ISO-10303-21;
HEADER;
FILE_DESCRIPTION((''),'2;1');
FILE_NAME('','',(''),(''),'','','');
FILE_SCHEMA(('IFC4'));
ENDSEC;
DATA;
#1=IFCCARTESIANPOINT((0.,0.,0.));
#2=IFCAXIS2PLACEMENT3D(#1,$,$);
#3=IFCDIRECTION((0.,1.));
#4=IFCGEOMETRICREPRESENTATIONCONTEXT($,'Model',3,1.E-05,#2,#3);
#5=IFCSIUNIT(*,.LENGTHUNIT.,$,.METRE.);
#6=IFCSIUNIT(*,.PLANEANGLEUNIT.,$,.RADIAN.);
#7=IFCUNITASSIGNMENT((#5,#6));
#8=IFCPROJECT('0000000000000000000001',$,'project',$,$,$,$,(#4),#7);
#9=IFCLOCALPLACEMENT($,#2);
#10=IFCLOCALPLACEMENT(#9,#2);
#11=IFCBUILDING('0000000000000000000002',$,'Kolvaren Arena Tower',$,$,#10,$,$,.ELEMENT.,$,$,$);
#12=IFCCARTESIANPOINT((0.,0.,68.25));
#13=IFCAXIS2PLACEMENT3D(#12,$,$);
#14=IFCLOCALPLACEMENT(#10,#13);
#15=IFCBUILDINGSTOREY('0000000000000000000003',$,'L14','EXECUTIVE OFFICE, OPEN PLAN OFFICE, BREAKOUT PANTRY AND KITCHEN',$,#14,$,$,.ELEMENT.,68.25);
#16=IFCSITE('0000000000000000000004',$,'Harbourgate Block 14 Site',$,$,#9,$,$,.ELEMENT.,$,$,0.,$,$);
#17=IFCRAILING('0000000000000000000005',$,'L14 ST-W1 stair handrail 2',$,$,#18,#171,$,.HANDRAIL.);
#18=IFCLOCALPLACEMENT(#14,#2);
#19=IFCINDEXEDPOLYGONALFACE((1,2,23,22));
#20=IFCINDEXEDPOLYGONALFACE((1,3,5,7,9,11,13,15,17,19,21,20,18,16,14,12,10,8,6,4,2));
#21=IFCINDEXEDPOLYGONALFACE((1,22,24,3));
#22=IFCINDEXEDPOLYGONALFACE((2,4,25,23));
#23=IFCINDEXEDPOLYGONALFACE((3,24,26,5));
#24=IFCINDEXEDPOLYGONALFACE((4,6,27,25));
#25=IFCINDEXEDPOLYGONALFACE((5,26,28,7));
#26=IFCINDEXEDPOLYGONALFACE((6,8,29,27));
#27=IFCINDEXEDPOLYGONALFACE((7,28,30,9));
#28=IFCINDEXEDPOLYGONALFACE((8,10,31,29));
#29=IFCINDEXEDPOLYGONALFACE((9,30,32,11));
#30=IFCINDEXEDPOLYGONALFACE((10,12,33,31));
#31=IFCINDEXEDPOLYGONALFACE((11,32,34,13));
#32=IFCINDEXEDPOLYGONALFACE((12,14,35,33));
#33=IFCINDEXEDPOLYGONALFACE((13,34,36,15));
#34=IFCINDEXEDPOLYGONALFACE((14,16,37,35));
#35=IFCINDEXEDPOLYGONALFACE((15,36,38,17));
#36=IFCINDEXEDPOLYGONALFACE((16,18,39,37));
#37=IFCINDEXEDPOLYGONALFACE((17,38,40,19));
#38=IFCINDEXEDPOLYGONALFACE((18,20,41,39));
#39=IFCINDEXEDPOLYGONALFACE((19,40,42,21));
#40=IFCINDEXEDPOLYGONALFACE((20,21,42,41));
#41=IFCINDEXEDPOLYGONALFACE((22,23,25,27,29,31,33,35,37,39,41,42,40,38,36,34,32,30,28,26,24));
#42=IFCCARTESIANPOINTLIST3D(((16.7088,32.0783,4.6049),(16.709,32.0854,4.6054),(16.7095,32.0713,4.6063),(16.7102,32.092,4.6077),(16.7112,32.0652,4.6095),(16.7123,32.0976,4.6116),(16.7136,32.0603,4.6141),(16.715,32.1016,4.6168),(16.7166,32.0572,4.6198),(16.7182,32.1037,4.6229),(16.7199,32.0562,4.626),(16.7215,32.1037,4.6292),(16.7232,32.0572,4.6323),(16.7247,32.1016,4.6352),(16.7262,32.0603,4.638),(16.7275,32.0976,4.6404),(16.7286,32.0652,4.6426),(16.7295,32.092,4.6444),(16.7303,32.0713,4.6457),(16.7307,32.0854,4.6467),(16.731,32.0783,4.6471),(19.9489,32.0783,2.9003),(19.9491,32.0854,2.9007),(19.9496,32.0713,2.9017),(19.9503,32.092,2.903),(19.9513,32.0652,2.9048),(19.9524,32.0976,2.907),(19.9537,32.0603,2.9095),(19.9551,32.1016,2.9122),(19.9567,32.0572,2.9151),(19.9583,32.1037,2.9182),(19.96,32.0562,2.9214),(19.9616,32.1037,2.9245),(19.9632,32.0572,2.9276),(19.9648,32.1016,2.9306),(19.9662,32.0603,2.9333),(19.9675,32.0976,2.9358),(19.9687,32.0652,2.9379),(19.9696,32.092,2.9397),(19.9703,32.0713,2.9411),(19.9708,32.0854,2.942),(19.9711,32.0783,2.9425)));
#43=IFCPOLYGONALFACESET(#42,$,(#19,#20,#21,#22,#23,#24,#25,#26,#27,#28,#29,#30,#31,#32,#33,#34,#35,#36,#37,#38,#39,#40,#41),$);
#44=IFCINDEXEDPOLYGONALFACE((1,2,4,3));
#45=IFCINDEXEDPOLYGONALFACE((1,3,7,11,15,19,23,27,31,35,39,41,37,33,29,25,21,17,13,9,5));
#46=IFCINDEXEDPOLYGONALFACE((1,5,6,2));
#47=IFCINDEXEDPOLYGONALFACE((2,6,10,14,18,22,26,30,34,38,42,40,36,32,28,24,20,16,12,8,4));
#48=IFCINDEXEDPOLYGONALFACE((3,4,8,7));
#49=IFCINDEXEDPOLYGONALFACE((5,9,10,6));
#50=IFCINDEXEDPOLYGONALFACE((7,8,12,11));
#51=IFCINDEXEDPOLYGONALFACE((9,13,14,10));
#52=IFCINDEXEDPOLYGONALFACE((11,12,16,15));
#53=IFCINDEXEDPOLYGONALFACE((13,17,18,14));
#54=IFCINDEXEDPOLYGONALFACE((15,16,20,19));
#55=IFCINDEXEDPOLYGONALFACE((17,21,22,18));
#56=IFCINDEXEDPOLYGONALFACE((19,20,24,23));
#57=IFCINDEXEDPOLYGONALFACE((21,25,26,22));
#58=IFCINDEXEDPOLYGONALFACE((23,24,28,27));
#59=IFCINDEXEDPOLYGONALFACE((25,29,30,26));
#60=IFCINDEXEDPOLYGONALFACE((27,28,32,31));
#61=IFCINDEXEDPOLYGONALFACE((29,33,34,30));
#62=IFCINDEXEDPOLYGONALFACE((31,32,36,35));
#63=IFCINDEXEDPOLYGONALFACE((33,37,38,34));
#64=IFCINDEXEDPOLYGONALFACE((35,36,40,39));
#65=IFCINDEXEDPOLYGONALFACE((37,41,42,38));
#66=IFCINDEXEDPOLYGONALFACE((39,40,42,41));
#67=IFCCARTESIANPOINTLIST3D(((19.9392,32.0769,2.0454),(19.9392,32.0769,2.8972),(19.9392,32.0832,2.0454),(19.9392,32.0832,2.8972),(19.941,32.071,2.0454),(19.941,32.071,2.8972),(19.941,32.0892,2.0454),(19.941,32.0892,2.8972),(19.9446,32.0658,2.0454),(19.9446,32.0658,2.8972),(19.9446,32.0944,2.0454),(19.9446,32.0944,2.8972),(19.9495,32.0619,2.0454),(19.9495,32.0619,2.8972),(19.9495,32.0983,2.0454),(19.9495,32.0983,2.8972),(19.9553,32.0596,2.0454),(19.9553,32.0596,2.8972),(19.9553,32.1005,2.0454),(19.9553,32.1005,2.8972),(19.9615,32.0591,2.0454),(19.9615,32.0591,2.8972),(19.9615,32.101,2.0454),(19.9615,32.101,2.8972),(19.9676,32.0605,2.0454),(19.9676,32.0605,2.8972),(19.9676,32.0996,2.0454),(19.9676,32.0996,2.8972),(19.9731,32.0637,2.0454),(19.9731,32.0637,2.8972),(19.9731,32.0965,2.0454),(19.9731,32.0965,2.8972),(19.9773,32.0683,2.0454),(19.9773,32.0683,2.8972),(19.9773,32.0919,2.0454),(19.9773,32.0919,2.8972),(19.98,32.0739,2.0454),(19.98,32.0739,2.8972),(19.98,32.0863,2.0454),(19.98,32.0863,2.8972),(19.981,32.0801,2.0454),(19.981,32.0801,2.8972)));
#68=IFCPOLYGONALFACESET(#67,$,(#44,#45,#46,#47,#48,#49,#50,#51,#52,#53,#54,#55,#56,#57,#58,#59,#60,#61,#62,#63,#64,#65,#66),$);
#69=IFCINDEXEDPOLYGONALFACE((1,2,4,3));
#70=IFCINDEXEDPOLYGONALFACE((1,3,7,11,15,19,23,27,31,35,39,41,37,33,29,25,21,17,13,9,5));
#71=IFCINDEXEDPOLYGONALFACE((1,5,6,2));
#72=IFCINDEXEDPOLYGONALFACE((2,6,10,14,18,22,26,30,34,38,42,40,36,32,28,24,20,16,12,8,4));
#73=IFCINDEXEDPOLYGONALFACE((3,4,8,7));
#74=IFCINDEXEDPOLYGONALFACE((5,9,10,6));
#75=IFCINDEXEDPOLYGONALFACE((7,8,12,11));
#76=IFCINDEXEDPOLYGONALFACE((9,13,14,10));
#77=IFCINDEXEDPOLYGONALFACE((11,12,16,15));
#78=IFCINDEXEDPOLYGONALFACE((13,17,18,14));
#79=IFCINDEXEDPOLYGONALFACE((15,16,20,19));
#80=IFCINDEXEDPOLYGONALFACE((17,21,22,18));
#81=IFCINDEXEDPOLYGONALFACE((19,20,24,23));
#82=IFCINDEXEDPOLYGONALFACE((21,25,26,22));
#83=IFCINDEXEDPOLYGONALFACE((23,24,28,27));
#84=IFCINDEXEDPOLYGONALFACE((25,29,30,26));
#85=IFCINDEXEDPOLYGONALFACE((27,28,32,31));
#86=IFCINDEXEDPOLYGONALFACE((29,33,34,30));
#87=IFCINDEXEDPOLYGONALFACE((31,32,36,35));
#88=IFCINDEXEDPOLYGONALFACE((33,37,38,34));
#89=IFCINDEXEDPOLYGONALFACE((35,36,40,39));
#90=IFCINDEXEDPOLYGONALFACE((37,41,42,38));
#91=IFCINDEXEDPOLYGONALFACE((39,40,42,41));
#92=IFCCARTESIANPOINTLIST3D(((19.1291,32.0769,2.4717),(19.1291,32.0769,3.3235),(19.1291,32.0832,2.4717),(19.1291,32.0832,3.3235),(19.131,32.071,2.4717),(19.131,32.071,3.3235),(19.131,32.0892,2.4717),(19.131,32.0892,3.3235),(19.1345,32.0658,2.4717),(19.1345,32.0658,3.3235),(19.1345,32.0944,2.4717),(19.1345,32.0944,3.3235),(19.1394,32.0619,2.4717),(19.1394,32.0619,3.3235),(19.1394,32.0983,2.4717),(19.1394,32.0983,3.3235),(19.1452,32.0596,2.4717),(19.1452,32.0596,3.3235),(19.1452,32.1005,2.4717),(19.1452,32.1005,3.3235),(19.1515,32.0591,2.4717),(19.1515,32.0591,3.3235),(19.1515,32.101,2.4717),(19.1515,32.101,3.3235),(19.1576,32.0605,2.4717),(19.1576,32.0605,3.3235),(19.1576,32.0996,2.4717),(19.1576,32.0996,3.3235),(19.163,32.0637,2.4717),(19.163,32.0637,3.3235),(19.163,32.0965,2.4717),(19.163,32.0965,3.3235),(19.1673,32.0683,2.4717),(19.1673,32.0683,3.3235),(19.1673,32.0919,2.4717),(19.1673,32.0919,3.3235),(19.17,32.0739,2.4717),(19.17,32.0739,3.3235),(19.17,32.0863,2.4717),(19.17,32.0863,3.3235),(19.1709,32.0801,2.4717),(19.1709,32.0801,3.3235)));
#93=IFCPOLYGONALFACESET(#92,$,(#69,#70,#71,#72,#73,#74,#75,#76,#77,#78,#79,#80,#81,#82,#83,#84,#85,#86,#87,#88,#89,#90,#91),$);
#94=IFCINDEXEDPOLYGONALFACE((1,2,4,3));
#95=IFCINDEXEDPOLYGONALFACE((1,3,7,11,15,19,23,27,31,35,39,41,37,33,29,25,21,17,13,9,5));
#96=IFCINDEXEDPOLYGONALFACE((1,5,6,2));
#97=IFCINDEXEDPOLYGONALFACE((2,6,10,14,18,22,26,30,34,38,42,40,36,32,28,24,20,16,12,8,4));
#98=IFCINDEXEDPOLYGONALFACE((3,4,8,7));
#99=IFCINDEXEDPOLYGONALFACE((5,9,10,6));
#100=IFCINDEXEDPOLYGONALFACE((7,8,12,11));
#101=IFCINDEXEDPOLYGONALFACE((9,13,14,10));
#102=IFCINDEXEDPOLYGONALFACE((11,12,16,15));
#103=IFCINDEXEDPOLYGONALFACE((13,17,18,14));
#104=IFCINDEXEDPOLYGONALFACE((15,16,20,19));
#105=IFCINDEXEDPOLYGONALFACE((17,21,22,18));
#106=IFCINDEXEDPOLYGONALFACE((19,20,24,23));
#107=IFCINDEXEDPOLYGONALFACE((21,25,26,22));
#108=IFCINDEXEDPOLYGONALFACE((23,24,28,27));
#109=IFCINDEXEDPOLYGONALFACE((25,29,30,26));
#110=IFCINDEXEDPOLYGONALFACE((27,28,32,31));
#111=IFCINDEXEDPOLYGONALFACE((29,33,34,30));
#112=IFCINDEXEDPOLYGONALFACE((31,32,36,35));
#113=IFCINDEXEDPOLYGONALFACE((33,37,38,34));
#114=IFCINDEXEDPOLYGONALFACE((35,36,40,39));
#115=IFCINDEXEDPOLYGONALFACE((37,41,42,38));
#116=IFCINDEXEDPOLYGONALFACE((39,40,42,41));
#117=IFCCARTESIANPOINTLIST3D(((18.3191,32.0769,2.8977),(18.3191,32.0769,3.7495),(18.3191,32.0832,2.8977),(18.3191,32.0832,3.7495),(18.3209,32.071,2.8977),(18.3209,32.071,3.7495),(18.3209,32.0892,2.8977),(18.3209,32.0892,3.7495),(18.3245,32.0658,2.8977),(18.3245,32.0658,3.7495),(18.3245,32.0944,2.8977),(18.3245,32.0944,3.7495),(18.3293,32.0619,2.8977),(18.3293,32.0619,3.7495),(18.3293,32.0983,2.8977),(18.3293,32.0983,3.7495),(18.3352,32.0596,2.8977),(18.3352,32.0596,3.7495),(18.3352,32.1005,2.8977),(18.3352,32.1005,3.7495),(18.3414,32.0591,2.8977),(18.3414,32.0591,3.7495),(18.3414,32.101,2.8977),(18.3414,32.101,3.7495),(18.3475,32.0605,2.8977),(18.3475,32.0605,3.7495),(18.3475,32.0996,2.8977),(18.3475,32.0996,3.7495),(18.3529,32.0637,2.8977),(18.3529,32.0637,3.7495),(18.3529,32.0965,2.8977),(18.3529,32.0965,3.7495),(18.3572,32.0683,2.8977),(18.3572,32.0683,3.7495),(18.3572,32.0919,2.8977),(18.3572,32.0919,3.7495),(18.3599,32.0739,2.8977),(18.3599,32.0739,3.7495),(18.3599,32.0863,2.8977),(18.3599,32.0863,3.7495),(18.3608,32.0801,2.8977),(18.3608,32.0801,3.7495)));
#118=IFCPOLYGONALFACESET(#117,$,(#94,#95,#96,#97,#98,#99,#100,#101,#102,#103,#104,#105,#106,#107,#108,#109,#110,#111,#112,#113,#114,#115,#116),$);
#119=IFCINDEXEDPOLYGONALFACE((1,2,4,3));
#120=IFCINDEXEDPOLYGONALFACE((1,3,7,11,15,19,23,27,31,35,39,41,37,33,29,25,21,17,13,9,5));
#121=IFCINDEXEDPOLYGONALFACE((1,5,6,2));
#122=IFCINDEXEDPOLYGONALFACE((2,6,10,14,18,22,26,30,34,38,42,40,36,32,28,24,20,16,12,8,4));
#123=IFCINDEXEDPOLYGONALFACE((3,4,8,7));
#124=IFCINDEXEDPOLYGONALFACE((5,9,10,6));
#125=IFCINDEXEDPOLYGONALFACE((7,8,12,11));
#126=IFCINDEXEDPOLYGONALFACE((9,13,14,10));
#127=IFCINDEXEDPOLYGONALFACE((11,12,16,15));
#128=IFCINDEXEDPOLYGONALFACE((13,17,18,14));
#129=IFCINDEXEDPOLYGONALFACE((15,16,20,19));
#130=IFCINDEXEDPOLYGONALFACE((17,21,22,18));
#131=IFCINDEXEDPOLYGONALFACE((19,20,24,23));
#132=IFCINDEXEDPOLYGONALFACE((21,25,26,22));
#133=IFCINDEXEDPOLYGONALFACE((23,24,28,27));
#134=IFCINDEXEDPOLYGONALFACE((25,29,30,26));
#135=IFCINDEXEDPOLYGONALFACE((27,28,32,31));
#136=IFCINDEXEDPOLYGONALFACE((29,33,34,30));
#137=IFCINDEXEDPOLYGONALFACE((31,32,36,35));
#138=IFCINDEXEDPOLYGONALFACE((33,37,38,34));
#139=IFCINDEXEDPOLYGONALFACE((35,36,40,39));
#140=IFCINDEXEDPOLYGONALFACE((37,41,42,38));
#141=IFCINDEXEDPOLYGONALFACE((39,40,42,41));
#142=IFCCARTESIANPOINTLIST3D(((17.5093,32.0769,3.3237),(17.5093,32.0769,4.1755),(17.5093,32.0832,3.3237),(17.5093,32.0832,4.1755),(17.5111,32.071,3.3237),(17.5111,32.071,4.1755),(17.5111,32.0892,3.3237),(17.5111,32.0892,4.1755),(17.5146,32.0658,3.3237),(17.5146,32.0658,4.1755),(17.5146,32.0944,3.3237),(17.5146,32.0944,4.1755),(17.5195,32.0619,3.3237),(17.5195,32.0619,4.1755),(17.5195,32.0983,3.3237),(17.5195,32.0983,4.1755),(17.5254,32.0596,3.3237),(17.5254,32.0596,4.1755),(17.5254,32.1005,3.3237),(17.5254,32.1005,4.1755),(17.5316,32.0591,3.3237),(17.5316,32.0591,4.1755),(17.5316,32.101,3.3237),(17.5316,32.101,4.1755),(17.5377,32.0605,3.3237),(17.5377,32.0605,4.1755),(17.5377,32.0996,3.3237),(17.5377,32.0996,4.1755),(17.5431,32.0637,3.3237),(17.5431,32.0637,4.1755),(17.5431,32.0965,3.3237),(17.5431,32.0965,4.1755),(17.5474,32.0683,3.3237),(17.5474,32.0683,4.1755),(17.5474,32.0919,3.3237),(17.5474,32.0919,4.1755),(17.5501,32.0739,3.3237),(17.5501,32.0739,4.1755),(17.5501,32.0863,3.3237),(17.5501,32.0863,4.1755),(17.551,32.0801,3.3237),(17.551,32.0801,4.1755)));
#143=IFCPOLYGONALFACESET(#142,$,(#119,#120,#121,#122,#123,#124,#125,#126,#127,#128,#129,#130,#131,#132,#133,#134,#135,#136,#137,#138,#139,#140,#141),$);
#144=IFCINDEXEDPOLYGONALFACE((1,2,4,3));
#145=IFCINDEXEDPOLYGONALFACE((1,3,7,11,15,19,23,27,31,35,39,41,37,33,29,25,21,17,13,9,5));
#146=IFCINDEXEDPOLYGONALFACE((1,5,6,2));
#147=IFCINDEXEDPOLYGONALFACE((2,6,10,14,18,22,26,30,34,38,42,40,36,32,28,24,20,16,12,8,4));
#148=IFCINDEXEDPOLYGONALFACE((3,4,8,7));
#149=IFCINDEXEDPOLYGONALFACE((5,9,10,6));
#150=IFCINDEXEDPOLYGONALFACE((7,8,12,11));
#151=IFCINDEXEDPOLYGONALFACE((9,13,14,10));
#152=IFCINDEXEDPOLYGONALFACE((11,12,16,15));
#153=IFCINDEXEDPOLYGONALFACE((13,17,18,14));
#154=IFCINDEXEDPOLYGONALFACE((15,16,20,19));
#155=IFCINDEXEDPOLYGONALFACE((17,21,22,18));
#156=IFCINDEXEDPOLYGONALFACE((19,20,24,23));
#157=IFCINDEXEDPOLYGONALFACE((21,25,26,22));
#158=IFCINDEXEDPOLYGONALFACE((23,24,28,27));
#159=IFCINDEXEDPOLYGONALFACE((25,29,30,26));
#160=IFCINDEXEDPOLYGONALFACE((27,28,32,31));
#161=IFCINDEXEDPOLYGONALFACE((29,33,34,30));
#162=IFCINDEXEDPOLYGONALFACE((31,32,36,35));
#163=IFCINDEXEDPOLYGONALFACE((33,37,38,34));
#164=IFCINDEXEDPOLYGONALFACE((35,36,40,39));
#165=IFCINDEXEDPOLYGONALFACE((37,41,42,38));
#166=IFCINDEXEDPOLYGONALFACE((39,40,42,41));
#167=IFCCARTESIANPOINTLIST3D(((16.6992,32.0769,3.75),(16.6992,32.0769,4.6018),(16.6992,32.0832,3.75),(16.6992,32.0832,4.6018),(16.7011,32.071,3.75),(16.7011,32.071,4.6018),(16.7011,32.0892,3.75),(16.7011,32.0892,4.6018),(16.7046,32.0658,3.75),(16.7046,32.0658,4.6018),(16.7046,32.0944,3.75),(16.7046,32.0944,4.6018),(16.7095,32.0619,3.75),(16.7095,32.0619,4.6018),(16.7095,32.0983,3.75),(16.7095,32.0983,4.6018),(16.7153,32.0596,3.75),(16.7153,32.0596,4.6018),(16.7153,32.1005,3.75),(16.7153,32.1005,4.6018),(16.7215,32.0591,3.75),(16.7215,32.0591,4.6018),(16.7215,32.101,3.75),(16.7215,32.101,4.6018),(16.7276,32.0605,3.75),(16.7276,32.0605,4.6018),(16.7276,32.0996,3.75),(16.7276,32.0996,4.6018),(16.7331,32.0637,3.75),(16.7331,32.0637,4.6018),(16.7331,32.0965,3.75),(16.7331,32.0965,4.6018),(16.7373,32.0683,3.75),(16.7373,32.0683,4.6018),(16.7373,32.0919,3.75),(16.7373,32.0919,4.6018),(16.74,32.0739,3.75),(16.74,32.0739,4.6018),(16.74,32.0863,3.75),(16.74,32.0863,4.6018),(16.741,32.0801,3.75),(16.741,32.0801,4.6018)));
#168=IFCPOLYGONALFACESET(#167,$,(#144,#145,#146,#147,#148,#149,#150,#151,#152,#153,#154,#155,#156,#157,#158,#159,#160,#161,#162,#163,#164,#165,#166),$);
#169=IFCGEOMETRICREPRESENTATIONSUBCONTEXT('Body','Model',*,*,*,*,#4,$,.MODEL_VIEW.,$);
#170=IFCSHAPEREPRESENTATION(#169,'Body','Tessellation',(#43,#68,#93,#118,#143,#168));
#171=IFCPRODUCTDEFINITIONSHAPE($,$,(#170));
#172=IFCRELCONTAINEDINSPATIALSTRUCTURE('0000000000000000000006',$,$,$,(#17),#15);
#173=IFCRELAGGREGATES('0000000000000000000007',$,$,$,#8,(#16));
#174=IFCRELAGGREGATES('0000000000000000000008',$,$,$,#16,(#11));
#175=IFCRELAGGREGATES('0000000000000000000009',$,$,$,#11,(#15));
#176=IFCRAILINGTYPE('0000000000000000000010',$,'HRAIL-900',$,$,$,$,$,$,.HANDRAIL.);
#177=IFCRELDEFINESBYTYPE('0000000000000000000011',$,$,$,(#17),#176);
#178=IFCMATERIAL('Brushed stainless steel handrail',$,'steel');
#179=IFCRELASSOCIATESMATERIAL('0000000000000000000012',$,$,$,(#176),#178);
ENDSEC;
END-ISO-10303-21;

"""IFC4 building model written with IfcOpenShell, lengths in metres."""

from ifc_helpers import new_model, si_unit, direction, frame, origin, origin_2d, place, context, subcontext, project, spatial, circle, extrude, material, type_object, element, save


model = new_model("IFC4")

# Units and contexts
model_context = context("Model", 3, precision=1e-05, world=origin(), true_north=direction((0.0, 1.0)))
body_context = subcontext(model_context, "Body", "Model", "MODEL_VIEW")
ifc_project = project(units=[si_unit("LENGTHUNIT", "METRE"), si_unit("PLANEANGLEUNIT", "RADIAN")], contexts=[model_context])

# Site, building, storey
site_placement = place(None, origin())
site = spatial("IfcSite", under=ifc_project, at=site_placement, Name="Harbourgate Block 14 Site", CompositionType="ELEMENT", RefElevation=0.0)
building_placement = place(site_placement, origin())
building = spatial("IfcBuilding", under=site, at=building_placement, Name="Kolvaren Arena Tower", CompositionType="ELEMENT")
storey_placement = place(building_placement, frame((0.0, 0.0, 68.25)))
storey = spatial("IfcBuildingStorey", under=building, at=storey_placement, Name="L14", Description="EXECUTIVE OFFICE, OPEN PLAN OFFICE, BREAKOUT PANTRY AND KITCHEN", CompositionType="ELEMENT", Elevation=68.25)

# Railing
ifc_material_1 = material(Name="Brushed stainless steel handrail", Category="steel")
railing_type_1 = type_object("IfcRailingType", Name="HRAIL-900", PredefinedType="HANDRAIL", material=ifc_material_1)
railing_1_placement = place(storey_placement, frame((19.96, 32.0801, 2.0454)))
element("IfcRailing", 1, at=railing_1_placement, inside=storey, type_object=railing_type_1, Name="L14 ST-W1 stair handrail 2", PredefinedType="HANDRAIL", context=body_context, shape_type="SweptSolid", body=[
    extrude(circle(Radius=0.0239, at=origin_2d()), frame((0.0, 0.0, 0.876), z_axis=(-0.884993, 0.0, 0.465604), x_axis=(0.0, -1.0, 0.0)), (0.0, 0.0, 1.0), 3.6611),
    extrude(circle(Radius=0.021, at=origin_2d()), origin(), (0.0, 0.0, 1.0), 0.8518),
    extrude(circle(Radius=0.021, at=origin_2d()), frame((-0.8101, 0.0, 0.4263)), (0.0, 0.0, 1.0), 0.8518),
    extrude(circle(Radius=0.021, at=origin_2d()), frame((-1.6201, 0.0, 0.8523)), (0.0, 0.0, 1.0), 0.8518),
    extrude(circle(Radius=0.021, at=origin_2d()), frame((-2.4299, 0.0, 1.2783)), (0.0, 0.0, 1.0), 0.8518),
    extrude(circle(Radius=0.021, at=origin_2d()), frame((-3.24, 0.0, 1.7046)), (0.0, 0.0, 1.0), 0.8518),
])

save(model, "model.ifc")
